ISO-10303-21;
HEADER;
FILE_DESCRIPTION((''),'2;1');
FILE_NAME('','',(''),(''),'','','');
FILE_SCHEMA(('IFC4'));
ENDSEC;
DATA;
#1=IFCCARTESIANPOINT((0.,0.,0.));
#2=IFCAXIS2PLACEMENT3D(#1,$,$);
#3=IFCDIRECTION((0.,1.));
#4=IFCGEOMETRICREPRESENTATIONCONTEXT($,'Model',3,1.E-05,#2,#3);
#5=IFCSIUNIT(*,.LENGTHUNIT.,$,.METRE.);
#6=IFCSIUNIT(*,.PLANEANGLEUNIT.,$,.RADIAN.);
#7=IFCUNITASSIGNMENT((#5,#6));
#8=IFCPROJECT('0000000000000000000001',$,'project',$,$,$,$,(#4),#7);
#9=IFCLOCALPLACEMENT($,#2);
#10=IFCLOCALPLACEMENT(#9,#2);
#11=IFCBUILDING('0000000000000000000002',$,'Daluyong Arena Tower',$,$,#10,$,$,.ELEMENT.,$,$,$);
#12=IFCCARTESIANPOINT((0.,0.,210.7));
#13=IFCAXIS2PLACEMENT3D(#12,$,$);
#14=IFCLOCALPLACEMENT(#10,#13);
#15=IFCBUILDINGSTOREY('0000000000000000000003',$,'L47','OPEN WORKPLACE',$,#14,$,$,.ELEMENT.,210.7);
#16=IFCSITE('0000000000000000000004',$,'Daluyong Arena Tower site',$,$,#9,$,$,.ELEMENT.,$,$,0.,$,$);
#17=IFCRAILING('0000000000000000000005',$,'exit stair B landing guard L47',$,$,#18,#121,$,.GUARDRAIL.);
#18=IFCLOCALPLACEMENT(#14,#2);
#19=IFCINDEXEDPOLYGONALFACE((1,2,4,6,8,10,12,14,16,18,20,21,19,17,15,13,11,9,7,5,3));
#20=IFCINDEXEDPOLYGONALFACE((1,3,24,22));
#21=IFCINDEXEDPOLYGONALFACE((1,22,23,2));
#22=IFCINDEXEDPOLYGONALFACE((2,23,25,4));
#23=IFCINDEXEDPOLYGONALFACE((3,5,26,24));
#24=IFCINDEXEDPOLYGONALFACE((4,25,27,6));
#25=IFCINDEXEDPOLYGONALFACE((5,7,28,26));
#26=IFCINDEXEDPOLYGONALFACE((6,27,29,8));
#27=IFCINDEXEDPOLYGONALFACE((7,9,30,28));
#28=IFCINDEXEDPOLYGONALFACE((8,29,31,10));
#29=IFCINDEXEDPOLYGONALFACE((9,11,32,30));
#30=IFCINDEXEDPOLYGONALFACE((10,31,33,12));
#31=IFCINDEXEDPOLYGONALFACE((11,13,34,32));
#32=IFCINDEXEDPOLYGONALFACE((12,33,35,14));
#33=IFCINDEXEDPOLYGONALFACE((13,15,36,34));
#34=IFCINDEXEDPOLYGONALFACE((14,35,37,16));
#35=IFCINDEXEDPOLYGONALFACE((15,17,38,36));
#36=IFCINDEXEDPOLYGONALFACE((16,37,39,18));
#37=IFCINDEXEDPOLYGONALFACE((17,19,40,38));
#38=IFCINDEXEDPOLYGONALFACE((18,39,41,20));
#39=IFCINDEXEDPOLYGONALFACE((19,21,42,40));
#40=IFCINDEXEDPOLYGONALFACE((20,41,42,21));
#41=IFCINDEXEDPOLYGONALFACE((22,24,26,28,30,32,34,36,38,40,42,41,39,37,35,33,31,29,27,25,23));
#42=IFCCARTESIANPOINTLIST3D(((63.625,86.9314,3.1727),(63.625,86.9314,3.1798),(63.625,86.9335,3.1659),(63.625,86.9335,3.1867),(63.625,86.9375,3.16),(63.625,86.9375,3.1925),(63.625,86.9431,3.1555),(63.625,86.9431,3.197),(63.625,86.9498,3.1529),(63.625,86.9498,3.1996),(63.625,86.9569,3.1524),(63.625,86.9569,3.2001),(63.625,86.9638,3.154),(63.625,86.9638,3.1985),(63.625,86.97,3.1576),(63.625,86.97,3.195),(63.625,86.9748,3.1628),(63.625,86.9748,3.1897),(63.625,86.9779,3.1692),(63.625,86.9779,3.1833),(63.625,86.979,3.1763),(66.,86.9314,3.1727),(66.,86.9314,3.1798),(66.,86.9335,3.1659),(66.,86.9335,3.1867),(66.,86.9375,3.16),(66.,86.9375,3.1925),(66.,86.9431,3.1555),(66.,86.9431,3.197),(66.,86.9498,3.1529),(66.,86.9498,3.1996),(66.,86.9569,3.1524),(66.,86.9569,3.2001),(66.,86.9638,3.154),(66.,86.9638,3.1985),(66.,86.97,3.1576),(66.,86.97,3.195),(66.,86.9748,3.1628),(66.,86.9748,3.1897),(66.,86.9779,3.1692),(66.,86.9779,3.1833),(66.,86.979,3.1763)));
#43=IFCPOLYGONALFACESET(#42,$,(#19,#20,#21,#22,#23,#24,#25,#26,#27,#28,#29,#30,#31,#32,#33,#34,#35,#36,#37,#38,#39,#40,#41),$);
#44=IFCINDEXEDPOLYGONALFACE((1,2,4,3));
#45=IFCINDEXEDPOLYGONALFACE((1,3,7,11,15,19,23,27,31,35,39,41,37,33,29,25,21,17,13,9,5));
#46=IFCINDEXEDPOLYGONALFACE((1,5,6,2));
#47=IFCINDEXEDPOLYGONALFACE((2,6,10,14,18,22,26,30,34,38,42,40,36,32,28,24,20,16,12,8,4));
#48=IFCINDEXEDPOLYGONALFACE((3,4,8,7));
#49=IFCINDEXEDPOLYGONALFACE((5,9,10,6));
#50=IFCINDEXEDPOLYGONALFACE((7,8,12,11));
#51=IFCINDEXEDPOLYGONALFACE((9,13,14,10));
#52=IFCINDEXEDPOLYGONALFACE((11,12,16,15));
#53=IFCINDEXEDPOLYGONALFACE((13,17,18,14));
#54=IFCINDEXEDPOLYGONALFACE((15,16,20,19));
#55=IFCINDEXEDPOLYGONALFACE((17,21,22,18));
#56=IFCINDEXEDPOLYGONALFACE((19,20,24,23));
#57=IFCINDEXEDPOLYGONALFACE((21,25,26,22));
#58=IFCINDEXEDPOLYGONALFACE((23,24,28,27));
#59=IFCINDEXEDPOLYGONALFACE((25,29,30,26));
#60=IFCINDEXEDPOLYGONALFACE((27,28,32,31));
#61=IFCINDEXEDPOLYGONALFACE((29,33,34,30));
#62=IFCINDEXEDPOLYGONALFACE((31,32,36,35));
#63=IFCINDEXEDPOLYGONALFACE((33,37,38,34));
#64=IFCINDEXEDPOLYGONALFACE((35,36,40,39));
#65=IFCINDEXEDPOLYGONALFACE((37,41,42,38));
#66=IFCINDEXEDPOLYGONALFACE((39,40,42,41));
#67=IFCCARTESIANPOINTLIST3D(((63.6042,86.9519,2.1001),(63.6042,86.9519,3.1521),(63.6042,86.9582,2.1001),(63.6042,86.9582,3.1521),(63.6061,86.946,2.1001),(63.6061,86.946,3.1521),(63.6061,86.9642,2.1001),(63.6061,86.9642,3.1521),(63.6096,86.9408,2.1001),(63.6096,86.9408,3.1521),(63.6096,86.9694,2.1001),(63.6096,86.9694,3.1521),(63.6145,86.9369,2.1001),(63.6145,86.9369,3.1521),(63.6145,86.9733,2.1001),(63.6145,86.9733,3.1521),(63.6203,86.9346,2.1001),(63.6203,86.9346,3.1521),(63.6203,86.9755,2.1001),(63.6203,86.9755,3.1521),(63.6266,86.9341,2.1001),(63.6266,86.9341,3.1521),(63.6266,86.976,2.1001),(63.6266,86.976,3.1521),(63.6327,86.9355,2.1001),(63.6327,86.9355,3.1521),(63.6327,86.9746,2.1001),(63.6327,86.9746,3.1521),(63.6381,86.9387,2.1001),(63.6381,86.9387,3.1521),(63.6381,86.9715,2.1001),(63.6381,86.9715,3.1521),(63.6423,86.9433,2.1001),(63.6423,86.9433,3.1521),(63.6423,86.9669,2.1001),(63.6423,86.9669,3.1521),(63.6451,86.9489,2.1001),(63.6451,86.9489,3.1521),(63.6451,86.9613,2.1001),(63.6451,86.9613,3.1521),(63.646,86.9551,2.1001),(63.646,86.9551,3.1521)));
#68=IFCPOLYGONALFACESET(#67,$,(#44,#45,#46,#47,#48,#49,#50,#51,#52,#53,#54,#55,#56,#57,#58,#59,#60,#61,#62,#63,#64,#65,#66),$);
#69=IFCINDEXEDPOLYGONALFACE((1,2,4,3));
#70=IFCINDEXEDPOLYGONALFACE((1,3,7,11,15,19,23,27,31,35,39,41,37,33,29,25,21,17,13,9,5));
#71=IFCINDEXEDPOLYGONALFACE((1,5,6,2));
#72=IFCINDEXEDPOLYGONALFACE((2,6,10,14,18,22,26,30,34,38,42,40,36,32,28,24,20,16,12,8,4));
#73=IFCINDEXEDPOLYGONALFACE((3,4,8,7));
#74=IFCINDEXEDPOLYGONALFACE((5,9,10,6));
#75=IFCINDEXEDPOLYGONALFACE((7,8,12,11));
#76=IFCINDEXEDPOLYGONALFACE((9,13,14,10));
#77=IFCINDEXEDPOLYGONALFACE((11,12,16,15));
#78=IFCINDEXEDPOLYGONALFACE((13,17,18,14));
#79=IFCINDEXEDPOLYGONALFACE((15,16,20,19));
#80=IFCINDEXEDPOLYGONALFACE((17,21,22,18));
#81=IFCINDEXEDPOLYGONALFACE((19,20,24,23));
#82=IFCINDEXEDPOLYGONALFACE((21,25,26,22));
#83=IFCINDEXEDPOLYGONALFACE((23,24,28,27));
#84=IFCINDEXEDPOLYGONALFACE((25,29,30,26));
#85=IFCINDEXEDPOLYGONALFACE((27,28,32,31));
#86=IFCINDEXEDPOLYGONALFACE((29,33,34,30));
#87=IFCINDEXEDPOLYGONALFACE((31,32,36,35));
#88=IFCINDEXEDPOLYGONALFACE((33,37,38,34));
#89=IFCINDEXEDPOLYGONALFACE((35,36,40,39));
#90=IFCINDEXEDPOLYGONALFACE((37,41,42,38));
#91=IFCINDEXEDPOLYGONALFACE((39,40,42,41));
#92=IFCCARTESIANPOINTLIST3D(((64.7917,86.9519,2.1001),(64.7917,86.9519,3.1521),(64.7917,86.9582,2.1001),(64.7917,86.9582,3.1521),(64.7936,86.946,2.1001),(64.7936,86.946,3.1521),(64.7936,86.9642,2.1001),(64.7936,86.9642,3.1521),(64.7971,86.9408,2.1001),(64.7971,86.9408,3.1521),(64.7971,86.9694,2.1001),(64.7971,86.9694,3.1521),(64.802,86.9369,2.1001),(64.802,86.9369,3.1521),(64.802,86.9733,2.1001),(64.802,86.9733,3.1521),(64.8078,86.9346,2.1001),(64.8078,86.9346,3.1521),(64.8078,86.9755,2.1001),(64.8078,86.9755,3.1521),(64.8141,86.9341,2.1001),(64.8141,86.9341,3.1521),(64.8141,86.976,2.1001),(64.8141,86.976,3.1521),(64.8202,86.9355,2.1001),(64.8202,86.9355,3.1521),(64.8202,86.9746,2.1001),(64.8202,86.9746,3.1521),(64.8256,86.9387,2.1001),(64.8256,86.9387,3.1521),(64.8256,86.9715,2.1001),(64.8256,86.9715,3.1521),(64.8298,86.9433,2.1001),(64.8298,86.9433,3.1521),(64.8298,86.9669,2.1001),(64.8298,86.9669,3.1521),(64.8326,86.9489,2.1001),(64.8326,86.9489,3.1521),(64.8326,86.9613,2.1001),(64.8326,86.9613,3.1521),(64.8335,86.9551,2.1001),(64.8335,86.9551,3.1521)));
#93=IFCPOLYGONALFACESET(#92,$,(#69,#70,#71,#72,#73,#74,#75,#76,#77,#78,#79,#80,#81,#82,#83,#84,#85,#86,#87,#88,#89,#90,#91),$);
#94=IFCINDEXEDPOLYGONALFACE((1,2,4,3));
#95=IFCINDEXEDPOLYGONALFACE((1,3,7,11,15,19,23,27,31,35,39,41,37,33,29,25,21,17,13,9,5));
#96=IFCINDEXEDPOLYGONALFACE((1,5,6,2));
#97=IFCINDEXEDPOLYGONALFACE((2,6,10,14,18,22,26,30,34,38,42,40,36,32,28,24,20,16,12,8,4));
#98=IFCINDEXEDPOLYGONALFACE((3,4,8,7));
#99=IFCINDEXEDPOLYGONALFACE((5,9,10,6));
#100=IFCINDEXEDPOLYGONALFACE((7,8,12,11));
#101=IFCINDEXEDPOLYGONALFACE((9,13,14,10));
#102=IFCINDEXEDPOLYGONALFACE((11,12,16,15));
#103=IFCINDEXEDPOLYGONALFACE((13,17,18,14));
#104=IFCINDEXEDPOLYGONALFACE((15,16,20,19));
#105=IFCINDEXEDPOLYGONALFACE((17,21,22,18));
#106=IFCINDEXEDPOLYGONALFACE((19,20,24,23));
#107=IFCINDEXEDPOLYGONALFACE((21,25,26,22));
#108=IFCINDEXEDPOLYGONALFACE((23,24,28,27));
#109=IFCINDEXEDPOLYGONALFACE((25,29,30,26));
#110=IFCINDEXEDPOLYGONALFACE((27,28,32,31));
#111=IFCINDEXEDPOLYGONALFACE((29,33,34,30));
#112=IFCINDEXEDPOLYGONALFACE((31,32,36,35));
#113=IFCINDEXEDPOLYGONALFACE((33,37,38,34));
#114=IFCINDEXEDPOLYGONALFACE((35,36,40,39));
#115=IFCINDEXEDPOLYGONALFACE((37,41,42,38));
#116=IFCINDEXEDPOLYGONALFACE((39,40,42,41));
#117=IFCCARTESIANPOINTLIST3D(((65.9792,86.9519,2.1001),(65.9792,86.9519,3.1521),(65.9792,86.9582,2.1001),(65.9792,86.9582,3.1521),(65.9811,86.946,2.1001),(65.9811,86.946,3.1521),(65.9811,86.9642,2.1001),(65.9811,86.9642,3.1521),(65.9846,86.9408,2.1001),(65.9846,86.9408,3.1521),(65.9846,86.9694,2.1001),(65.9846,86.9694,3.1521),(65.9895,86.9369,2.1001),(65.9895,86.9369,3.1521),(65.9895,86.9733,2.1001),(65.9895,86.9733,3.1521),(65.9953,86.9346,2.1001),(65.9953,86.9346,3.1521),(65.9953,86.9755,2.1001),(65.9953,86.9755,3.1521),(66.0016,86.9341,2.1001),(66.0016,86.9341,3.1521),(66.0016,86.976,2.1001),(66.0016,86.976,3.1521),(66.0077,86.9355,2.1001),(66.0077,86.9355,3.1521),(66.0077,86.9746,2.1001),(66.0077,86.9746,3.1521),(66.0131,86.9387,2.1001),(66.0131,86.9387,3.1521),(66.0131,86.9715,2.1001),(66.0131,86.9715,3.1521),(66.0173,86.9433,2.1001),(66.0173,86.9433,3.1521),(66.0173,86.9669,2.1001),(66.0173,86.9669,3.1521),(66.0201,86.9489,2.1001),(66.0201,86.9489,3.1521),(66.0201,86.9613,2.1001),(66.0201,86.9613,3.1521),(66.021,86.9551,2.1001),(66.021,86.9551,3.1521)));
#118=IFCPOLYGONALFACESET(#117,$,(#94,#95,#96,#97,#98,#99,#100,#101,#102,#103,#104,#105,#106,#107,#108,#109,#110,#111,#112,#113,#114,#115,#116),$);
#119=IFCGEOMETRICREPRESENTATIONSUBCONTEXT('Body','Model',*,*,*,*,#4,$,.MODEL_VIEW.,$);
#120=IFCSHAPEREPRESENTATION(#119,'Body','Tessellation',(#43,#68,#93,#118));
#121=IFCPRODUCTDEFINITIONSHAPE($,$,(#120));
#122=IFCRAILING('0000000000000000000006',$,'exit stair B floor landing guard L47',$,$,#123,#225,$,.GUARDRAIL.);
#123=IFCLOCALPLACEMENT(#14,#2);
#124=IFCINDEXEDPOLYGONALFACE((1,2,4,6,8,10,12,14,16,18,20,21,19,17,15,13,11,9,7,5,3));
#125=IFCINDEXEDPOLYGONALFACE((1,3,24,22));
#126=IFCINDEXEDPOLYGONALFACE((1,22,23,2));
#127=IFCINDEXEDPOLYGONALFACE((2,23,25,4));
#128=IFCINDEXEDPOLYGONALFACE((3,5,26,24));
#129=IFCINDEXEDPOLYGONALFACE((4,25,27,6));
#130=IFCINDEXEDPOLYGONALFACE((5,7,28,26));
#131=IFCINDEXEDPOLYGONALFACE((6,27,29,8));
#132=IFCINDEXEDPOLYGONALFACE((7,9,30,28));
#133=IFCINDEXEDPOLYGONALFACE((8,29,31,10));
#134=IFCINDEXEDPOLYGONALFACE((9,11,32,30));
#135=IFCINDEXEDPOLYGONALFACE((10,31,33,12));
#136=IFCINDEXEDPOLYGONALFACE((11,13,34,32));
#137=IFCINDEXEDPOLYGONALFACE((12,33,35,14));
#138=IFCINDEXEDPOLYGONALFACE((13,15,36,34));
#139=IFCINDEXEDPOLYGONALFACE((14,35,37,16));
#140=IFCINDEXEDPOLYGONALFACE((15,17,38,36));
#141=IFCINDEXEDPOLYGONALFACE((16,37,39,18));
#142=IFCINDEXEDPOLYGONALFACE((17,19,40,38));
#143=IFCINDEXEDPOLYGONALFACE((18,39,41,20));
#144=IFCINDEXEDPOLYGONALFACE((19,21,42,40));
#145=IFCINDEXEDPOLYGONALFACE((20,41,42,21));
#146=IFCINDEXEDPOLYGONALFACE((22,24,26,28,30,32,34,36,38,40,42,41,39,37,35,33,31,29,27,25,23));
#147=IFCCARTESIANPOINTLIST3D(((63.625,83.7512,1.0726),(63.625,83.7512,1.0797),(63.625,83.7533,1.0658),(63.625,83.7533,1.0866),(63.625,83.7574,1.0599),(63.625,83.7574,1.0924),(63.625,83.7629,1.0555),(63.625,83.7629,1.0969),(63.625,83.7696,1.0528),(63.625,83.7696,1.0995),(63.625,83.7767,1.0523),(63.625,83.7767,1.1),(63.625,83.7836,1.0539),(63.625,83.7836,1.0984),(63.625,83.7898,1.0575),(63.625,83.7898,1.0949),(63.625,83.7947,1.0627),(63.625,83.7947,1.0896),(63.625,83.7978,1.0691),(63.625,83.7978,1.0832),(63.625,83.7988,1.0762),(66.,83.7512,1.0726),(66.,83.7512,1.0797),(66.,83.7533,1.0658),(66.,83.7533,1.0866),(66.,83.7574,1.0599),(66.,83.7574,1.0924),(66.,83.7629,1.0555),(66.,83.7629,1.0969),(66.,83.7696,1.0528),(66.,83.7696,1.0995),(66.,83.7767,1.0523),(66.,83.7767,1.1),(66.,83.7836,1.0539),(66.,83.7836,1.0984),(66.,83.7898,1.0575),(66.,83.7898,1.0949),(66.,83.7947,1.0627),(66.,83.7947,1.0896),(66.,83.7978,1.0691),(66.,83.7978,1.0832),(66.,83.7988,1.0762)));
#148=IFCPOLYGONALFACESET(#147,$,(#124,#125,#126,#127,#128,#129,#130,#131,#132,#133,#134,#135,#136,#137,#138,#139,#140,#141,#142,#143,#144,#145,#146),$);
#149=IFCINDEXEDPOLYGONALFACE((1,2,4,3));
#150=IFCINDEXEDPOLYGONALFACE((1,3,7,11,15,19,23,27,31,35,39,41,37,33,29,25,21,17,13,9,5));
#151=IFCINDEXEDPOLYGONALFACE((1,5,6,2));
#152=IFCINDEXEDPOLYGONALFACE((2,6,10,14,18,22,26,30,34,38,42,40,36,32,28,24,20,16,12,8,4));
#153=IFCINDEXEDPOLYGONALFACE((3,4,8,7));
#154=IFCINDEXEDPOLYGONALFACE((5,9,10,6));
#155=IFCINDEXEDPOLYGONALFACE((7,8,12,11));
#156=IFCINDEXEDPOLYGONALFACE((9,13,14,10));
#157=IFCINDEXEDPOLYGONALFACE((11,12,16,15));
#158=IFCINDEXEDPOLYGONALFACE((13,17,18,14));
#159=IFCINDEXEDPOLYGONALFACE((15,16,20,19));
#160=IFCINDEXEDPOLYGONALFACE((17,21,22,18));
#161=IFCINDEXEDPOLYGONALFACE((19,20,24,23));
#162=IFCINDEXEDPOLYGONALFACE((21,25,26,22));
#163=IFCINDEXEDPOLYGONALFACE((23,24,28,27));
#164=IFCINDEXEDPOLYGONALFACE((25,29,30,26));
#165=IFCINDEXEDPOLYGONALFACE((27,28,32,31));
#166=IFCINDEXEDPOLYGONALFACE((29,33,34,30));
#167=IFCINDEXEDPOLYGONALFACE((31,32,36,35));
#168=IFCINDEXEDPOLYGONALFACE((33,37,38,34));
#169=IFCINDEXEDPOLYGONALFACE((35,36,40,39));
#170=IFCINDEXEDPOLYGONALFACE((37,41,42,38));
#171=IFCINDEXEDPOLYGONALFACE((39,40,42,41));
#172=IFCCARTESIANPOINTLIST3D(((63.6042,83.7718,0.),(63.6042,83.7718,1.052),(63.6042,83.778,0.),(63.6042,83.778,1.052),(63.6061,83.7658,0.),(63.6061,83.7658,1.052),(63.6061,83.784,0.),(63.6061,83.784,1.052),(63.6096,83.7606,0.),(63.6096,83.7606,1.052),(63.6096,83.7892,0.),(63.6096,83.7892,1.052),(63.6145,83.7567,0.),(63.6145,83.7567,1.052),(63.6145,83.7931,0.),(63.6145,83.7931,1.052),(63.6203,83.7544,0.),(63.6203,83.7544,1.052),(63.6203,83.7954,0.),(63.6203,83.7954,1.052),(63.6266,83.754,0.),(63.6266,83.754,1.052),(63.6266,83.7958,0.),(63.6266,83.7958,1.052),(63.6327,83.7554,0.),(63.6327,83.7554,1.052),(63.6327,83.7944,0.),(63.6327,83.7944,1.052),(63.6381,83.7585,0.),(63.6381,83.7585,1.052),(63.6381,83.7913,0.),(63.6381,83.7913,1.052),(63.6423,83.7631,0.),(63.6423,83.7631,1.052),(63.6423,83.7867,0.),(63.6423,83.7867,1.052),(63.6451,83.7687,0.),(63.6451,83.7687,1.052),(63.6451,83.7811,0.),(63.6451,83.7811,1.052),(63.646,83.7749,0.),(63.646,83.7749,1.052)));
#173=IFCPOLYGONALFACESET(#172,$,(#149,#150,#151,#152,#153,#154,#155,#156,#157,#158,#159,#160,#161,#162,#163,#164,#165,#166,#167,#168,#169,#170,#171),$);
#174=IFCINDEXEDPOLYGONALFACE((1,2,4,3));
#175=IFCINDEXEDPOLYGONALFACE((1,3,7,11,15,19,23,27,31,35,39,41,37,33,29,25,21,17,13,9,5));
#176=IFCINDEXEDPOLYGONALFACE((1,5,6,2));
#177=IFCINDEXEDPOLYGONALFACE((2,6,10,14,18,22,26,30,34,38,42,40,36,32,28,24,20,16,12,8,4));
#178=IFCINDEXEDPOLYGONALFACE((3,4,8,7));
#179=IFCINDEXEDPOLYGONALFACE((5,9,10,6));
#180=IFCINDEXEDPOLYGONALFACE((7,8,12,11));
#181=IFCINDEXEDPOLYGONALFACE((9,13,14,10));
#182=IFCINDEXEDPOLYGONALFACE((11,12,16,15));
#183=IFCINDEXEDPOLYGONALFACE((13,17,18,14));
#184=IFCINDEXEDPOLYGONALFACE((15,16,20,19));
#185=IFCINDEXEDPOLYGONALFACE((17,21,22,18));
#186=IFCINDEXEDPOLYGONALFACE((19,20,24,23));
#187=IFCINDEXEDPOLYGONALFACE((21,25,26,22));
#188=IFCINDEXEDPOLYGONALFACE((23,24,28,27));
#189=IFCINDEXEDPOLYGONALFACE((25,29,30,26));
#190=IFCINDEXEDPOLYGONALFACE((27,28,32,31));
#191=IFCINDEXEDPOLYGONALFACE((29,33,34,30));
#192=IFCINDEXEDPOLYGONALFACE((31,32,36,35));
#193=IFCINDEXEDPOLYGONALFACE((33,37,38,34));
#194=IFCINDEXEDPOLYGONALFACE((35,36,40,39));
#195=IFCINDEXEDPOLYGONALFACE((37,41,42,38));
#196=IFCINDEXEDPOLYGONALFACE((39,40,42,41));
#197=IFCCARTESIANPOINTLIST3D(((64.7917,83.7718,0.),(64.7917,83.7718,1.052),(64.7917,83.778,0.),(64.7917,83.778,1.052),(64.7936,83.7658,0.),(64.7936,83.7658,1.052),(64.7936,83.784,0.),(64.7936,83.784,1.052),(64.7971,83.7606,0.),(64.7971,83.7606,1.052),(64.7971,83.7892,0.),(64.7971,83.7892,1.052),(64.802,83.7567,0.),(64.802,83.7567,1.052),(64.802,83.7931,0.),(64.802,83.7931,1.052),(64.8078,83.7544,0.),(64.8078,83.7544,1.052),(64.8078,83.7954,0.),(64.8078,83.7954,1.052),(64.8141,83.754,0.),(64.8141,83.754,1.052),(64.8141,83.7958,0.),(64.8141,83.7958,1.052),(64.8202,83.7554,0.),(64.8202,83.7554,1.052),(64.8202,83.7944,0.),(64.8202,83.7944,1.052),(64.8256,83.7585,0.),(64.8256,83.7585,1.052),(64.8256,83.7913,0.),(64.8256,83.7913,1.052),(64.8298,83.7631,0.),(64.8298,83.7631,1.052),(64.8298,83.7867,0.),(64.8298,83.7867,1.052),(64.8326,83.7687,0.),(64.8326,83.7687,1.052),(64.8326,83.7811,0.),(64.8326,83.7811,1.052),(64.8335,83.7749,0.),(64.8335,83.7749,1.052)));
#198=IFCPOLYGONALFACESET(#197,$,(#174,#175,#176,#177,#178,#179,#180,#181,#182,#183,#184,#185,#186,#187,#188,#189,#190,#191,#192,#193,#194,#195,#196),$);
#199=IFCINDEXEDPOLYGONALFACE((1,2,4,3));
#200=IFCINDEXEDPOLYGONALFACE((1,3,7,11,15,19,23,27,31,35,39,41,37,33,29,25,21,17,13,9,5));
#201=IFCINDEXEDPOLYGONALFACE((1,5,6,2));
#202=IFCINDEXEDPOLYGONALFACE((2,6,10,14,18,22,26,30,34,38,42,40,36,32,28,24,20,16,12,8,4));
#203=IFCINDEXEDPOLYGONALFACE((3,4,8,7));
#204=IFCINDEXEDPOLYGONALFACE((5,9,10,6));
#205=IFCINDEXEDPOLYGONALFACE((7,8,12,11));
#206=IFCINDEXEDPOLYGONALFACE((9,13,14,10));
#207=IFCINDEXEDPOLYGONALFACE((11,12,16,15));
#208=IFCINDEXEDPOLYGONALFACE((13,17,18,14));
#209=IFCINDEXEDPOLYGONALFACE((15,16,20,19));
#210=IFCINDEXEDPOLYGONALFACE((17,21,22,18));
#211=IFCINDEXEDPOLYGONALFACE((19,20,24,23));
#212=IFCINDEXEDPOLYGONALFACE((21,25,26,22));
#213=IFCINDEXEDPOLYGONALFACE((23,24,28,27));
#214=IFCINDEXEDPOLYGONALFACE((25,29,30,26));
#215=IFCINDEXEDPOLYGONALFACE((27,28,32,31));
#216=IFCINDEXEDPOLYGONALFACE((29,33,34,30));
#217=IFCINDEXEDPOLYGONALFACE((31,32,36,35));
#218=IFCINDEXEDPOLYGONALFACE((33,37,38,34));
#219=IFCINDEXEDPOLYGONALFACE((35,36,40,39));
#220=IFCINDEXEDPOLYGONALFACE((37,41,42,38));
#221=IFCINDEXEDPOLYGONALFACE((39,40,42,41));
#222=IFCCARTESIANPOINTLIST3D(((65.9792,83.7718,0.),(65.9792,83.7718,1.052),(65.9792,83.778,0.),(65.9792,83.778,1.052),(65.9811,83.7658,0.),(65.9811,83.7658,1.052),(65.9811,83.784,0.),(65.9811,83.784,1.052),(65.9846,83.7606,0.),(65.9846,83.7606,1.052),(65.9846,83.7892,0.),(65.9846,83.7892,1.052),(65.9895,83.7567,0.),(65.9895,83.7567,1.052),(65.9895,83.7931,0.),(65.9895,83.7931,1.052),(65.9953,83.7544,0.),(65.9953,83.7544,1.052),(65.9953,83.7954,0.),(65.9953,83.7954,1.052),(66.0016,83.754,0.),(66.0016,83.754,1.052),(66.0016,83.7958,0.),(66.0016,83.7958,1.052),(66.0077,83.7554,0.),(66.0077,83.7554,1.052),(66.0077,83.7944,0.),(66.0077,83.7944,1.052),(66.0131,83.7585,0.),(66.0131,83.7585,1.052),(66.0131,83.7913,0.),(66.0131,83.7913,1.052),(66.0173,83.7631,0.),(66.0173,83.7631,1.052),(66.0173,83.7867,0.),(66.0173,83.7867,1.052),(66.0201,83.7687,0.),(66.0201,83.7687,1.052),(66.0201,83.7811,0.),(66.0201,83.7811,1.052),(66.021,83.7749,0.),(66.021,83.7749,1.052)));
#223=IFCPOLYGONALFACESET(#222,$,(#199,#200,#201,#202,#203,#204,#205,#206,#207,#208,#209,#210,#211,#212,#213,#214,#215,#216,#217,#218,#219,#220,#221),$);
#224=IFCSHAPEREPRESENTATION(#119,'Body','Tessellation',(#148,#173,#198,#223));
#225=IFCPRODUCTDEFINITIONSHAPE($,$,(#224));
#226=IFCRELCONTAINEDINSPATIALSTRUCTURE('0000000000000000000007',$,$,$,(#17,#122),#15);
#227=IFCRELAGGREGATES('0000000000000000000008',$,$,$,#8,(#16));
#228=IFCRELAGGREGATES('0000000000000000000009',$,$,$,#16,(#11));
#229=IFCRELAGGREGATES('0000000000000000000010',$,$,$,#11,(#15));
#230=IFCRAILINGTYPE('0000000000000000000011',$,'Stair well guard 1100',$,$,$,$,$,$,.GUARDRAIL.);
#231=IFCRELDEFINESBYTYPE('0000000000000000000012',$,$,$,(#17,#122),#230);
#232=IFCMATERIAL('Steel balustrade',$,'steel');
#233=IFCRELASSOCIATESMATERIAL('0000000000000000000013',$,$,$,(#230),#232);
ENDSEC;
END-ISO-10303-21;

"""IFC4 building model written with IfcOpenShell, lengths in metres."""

from ifc_helpers import new_model, si_unit, direction, frame, origin, origin_2d, place, context, subcontext, project, spatial, circle, extrude, material, type_object, element, save


model = new_model("IFC4")

# Units and contexts
model_context = context("Model", 3, precision=1e-05, world=origin(), true_north=direction((0.0, 1.0)))
body_context = subcontext(model_context, "Body", "Model", "MODEL_VIEW")
ifc_project = project(units=[si_unit("LENGTHUNIT", "METRE"), si_unit("PLANEANGLEUNIT", "RADIAN")], contexts=[model_context])

# Site, building, storey
site_placement = place(None, origin())
site = spatial("IfcSite", under=ifc_project, at=site_placement, Name="Daluyong Arena Tower site", CompositionType="ELEMENT", RefElevation=0.0)
building_placement = place(site_placement, origin())
building = spatial("IfcBuilding", under=site, at=building_placement, Name="Daluyong Arena Tower", CompositionType="ELEMENT")
storey_placement = place(building_placement, frame((0.0, 0.0, 210.7)))
storey = spatial("IfcBuildingStorey", under=building, at=storey_placement, Name="L47", Description="OPEN WORKPLACE", CompositionType="ELEMENT", Elevation=210.7)

# Railings
ifc_material_1 = material(Name="Steel balustrade", Category="steel")
railing_type_1 = type_object("IfcRailingType", Name="Stair well guard 1100", PredefinedType="GUARDRAIL", material=ifc_material_1)
for number, where, name in (
    (1, (63.625, 86.9551, 2.1001), "exit stair B landing guard L47"),
    (2, (63.625, 83.7749, 0.0), "exit stair B floor landing guard L47"),
):
    element("IfcRailing", number, at=place(storey_placement, frame(where)), inside=storey, type_object=railing_type_1, Name=name, PredefinedType="GUARDRAIL", context=body_context, shape_type="SweptSolid", body=[
        extrude(circle(Radius=0.0239, at=origin_2d()), frame((0.0, 0.0, 1.0762), z_axis=(1.0, 0.0, 0.0), x_axis=(0.0, 1.0, 0.0)), (0.0, 0.0, 1.0), 2.375),
        extrude(circle(Radius=0.021, at=origin_2d()), origin(), (0.0, 0.0, 1.0), 1.052),
        extrude(circle(Radius=0.021, at=origin_2d()), frame((1.1875, 0.0, 0.0)), (0.0, 0.0, 1.0), 1.052),
        extrude(circle(Radius=0.021, at=origin_2d()), frame((2.375, 0.0, 0.0)), (0.0, 0.0, 1.0), 1.052),
    ])

save(model, "model.ifc")
